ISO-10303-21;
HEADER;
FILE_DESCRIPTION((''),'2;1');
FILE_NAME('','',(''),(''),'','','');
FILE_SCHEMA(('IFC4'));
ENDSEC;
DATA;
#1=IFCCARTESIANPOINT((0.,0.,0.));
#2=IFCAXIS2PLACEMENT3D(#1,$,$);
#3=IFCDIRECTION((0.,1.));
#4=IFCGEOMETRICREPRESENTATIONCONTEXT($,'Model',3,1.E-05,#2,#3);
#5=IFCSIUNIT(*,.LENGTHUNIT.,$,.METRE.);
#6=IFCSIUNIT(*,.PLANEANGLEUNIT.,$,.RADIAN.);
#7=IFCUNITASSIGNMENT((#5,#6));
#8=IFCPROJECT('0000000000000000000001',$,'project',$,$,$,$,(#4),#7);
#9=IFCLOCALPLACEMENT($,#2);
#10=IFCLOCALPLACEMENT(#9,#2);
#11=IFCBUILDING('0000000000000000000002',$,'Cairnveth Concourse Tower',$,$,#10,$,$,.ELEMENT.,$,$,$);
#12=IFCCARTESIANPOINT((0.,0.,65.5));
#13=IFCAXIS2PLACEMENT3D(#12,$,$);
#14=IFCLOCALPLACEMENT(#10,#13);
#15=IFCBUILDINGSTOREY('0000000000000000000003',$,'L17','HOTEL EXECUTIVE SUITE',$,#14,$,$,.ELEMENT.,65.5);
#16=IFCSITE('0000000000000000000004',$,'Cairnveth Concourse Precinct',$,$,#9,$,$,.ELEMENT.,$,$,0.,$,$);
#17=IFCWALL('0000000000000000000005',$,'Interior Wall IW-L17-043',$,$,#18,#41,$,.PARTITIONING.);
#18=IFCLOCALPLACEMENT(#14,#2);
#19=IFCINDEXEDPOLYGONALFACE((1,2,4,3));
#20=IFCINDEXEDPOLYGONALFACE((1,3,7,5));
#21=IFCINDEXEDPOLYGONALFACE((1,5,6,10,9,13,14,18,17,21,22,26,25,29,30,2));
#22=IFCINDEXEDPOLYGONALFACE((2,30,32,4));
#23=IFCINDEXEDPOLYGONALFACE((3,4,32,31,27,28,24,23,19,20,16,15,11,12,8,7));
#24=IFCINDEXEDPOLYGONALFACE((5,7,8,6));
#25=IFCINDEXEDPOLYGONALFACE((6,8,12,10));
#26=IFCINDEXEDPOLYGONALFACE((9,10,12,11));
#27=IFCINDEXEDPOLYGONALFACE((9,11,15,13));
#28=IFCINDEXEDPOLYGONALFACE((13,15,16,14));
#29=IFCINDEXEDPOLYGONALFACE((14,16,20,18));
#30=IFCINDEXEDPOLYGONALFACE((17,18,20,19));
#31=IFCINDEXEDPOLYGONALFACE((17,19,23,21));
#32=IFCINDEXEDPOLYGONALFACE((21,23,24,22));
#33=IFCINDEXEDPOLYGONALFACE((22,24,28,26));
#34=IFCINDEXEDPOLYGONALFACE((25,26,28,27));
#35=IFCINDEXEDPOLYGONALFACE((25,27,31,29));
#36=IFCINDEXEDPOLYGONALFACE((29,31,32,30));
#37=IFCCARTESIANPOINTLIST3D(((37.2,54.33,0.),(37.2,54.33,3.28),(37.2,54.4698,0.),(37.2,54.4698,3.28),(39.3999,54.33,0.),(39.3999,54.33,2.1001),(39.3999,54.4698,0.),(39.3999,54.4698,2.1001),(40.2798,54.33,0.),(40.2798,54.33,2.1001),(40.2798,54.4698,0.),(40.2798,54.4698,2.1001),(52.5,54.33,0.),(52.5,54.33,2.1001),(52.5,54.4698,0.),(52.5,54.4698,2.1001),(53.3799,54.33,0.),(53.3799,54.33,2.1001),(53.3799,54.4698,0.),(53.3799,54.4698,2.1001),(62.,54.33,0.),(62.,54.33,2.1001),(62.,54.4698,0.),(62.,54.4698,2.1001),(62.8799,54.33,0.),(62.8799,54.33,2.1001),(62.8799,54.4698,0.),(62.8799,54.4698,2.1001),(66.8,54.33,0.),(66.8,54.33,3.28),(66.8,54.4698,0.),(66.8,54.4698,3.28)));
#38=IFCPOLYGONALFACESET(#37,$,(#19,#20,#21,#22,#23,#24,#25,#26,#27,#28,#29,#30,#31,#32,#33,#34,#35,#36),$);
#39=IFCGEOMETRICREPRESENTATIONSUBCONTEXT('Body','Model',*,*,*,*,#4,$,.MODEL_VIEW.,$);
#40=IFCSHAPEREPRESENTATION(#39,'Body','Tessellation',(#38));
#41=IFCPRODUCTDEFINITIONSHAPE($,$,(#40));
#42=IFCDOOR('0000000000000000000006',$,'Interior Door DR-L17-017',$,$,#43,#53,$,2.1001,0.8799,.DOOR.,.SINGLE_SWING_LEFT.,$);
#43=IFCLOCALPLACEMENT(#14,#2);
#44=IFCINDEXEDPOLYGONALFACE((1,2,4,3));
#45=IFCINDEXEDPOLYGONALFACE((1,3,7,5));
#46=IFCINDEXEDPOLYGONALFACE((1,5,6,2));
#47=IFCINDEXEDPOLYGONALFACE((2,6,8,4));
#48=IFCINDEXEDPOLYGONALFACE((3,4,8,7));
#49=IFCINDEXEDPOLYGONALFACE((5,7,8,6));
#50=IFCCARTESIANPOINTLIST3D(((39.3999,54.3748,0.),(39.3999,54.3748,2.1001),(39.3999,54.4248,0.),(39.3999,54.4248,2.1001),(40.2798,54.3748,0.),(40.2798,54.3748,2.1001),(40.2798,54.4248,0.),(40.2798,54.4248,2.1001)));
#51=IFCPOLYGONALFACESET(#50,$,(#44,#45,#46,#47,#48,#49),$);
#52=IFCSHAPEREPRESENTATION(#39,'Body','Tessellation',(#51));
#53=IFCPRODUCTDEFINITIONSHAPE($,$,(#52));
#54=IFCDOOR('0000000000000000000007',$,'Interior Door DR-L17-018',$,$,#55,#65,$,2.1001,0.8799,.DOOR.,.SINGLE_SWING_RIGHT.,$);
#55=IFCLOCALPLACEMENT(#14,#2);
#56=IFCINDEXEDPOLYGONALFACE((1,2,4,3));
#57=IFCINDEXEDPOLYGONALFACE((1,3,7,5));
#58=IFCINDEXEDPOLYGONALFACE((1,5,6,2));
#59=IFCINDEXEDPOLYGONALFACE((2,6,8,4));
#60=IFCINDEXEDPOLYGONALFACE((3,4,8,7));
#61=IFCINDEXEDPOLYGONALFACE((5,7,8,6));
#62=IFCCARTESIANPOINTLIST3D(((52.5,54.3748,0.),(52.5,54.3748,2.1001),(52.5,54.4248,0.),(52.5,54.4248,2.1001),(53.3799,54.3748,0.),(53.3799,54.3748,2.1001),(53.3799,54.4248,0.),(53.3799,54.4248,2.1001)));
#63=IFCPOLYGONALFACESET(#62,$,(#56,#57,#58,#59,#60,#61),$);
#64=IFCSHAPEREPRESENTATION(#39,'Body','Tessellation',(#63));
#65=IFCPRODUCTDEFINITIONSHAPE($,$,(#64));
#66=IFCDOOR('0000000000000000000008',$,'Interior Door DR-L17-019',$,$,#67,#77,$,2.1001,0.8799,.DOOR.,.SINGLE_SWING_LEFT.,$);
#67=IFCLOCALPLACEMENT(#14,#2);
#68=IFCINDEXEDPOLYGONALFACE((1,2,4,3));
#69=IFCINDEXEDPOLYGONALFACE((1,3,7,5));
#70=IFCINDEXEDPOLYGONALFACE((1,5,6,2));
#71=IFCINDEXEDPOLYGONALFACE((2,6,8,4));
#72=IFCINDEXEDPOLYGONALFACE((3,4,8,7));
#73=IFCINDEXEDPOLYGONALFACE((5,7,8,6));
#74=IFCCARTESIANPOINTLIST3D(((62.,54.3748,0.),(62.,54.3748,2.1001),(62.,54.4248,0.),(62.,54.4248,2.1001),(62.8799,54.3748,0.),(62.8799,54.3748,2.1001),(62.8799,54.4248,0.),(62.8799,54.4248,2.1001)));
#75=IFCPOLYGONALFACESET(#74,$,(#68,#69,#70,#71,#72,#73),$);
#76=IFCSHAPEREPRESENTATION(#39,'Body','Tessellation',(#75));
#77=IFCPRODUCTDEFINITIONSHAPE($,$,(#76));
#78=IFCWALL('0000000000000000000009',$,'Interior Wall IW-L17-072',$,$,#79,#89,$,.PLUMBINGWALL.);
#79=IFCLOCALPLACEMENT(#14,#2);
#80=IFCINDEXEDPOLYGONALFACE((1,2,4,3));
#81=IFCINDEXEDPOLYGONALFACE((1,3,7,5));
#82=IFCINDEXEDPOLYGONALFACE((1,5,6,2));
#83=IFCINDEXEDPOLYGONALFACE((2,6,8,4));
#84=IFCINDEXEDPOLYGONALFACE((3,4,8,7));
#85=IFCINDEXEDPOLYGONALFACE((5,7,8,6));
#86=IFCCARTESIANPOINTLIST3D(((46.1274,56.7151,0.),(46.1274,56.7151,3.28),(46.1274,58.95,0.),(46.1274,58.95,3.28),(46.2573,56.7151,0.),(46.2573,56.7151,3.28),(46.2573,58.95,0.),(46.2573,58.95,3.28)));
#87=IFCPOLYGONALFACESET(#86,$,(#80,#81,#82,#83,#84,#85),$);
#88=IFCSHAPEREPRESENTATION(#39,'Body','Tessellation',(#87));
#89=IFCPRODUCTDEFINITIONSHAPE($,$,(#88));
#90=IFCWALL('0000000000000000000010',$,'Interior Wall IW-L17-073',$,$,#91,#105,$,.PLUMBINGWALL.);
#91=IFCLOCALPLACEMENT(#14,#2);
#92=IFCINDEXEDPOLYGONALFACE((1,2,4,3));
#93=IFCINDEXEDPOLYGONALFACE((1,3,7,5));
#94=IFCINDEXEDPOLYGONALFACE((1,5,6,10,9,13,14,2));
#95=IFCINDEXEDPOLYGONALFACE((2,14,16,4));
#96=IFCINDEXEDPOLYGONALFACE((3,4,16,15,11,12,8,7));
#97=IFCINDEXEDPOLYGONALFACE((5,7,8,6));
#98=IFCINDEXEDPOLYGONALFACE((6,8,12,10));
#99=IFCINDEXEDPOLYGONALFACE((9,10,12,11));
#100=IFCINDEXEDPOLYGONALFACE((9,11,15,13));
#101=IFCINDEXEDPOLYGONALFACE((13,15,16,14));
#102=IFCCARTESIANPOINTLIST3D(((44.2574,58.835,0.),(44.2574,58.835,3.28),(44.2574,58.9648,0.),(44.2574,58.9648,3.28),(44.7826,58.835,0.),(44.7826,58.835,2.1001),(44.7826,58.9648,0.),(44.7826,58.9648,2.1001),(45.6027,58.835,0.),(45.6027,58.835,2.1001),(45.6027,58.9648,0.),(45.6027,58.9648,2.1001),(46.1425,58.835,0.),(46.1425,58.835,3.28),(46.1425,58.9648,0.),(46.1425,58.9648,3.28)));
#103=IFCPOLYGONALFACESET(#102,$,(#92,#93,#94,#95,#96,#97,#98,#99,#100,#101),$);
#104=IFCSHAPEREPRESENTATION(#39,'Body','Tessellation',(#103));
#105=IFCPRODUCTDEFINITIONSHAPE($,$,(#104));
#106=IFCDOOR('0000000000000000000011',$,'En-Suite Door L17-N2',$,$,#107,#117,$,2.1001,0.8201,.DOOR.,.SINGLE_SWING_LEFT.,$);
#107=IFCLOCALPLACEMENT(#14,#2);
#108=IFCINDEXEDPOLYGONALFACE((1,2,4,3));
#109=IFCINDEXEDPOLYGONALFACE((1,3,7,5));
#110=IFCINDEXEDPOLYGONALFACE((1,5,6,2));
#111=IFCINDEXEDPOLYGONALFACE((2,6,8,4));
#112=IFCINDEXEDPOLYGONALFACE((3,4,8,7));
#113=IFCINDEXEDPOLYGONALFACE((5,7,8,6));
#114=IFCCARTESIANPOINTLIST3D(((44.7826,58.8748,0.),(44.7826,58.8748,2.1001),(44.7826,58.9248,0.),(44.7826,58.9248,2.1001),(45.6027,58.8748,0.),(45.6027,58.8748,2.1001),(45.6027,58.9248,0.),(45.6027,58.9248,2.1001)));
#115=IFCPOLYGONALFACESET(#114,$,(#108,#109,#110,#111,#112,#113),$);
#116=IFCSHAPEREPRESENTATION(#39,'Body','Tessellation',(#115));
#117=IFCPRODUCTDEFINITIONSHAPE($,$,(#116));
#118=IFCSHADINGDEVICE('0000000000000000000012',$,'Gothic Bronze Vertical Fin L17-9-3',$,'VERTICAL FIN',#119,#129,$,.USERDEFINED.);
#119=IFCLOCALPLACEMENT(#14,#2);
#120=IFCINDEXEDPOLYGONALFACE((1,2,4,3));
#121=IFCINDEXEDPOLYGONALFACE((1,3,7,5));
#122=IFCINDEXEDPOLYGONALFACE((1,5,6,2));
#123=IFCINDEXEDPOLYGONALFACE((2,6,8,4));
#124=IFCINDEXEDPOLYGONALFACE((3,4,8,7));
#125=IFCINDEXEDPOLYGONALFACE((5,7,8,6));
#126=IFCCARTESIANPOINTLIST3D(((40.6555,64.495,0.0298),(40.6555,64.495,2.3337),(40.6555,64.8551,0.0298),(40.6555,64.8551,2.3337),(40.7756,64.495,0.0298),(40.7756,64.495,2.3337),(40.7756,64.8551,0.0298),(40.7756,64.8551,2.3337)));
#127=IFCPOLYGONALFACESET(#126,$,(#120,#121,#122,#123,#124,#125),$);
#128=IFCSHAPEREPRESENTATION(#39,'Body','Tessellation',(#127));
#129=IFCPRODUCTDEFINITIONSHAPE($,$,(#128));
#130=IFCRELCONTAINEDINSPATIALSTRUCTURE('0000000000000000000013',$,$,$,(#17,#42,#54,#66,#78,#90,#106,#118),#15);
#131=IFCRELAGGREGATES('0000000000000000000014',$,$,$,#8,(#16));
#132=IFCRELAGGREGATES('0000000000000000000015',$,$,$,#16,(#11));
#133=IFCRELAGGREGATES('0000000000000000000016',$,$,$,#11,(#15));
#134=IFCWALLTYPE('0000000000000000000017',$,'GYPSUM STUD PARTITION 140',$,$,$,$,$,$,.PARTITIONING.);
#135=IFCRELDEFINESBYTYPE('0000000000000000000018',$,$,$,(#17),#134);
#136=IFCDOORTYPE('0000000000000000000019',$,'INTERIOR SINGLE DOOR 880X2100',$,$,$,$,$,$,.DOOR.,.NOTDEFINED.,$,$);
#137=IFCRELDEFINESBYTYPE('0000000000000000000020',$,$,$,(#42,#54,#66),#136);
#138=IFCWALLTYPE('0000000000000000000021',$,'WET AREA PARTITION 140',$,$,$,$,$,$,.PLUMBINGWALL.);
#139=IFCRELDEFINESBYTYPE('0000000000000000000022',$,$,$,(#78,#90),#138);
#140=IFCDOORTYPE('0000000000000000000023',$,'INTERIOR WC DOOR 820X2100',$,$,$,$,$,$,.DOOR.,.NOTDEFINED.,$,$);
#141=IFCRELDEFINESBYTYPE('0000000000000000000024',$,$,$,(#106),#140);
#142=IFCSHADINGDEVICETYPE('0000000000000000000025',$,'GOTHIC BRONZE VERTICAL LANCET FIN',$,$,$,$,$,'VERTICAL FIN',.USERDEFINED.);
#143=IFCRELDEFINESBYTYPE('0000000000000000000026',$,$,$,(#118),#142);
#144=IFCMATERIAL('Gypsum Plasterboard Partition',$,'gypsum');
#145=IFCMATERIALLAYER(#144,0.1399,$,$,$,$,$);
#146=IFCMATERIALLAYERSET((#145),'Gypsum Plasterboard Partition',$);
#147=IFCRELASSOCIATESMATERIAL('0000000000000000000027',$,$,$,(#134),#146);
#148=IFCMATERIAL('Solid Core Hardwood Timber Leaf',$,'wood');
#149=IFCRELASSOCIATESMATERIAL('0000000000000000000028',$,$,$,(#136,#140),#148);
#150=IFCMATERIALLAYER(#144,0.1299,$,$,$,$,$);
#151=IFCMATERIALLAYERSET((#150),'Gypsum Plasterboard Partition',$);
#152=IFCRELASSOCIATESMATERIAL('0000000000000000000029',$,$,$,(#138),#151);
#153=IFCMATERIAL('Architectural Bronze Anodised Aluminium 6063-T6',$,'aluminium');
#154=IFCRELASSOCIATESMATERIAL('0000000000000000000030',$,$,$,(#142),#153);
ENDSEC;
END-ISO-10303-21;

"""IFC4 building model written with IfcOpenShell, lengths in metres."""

from ifc_helpers import new_model, si_unit, direction, frame, frame_2d, origin, origin_2d, place, context, subcontext, project, spatial, rectangle, extrude, material, layer, layer_set, type_object, element, fill, save


model = new_model("IFC4")

# Units and contexts
model_context = context("Model", 3, precision=1e-05, world=origin(), true_north=direction((0.0, 1.0)))
body_context = subcontext(model_context, "Body", "Model", "MODEL_VIEW")
ifc_project = project(units=[si_unit("LENGTHUNIT", "METRE"), si_unit("PLANEANGLEUNIT", "RADIAN")], contexts=[model_context])

# Site, building, storey
site_placement = place(None, origin())
site = spatial("IfcSite", under=ifc_project, at=site_placement, Name="Cairnveth Concourse Precinct", CompositionType="ELEMENT", RefElevation=0.0)
building_placement = place(site_placement, origin())
building = spatial("IfcBuilding", under=site, at=building_placement, Name="Cairnveth Concourse Tower", CompositionType="ELEMENT")
storey_placement = place(building_placement, frame((0.0, 0.0, 65.5)))
storey = spatial("IfcBuildingStorey", under=building, at=storey_placement, Name="L17", Description="HOTEL EXECUTIVE SUITE", CompositionType="ELEMENT", Elevation=65.5)

# Shared definitions
ifc_material_1 = material(Name="Gypsum Plasterboard Partition", Category="gypsum")
ifc_material_2 = material(Name="Solid Core Hardwood Timber Leaf", Category="wood")

# Wall, openings, doors
ifc_layer_1 = layer(ifc_material_1, 0.1399)
ifc_layer_set_1 = layer_set([ifc_layer_1], Name="Gypsum Plasterboard Partition")
wall_type_1 = type_object("IfcWallType", Name="GYPSUM STUD PARTITION 140", PredefinedType="PARTITIONING", material=ifc_layer_set_1)
wall_1_placement = place(storey_placement, frame((37.2, 54.3999, 0.0), z_axis=(0.0, 0.0, 1.0), x_axis=(1.0, 0.0, 0.0)))
wall_1 = element("IfcWall", 1, at=wall_1_placement, inside=storey, type_object=wall_type_1, Name="Interior Wall IW-L17-043", PredefinedType="PARTITIONING", context=body_context, shape_type="SweptSolid", body=[
    extrude(rectangle(XDim=29.6001, YDim=0.1399, at=frame_2d((14.8, 0.0))), origin(), (0.0, 0.0, 1.0), 3.28),
])
opening_1_placement = place(wall_1_placement, frame((2.2, 0.0, 0.0)))
opening_1 = element("IfcOpeningElement", 2, at=opening_1_placement, cuts=wall_1, PredefinedType="OPENING", context=body_context, shape_type="SweptSolid", body=[
    extrude(rectangle(XDim=0.8799, YDim=2.1001, at=frame_2d((0.4399, 1.05))), frame((0.0, 0.0798, 0.0), z_axis=(0.0, -1.0, 0.0), x_axis=(1.0, 0.0, 0.0)), (0.0, 0.0, 1.0), 0.1599),
])
opening_2_placement = place(wall_1_placement, frame((15.3, 0.0, 0.0)))
opening_2 = element("IfcOpeningElement", 3, at=opening_2_placement, cuts=wall_1, PredefinedType="OPENING", context=body_context, shape_type="SweptSolid", body=[
    extrude(rectangle(XDim=0.8799, YDim=2.1001, at=frame_2d((0.4399, 1.05))), frame((0.0, 0.0798, 0.0), z_axis=(0.0, -1.0, 0.0), x_axis=(1.0, 0.0, 0.0)), (0.0, 0.0, 1.0), 0.1599),
])
opening_3_placement = place(wall_1_placement, frame((24.8, 0.0, 0.0)))
opening_3 = element("IfcOpeningElement", 4, at=opening_3_placement, cuts=wall_1, PredefinedType="OPENING", context=body_context, shape_type="SweptSolid", body=[
    extrude(rectangle(XDim=0.8799, YDim=2.1001, at=frame_2d((0.4399, 1.05))), frame((0.0, 0.0798, 0.0), z_axis=(0.0, -1.0, 0.0), x_axis=(1.0, 0.0, 0.0)), (0.0, 0.0, 1.0), 0.1599),
])
door_type_1 = type_object("IfcDoorType", Name="INTERIOR SINGLE DOOR 880X2100", OperationType="NOTDEFINED", PredefinedType="DOOR", material=ifc_material_2)
door_1_placement = place(opening_1_placement, origin())
door_1 = element("IfcDoor", 5, at=door_1_placement, inside=storey, type_object=door_type_1, Name="Interior Door DR-L17-017", OperationType="SINGLE_SWING_LEFT", OverallHeight=2.1001, OverallWidth=0.8799, PredefinedType="DOOR", context=body_context, shape_type="SweptSolid", body=[
    extrude(rectangle(XDim=0.8799, YDim=2.1001, at=frame_2d((0.4399, 1.05))), frame((0.0, 0.0249, 0.0), z_axis=(0.0, -1.0, 0.0), x_axis=(1.0, 0.0, 0.0)), (0.0, 0.0, 1.0), 0.05),
])
fill(opening_1, door_1)
door_2_placement = place(opening_2_placement, origin())
door_2 = element("IfcDoor", 6, at=door_2_placement, inside=storey, type_object=door_type_1, Name="Interior Door DR-L17-018", OperationType="SINGLE_SWING_RIGHT", OverallHeight=2.1001, OverallWidth=0.8799, PredefinedType="DOOR", context=body_context, shape_type="SweptSolid", body=[
    extrude(rectangle(XDim=0.8799, YDim=2.1001, at=frame_2d((0.4399, 1.05))), frame((0.0, 0.0249, 0.0), z_axis=(0.0, -1.0, 0.0), x_axis=(1.0, 0.0, 0.0)), (0.0, 0.0, 1.0), 0.05),
])
fill(opening_2, door_2)
door_3_placement = place(opening_3_placement, origin())
door_3 = element("IfcDoor", 7, at=door_3_placement, inside=storey, type_object=door_type_1, Name="Interior Door DR-L17-019", OperationType="SINGLE_SWING_LEFT", OverallHeight=2.1001, OverallWidth=0.8799, PredefinedType="DOOR", context=body_context, shape_type="SweptSolid", body=[
    extrude(rectangle(XDim=0.8799, YDim=2.1001, at=frame_2d((0.4399, 1.05))), frame((0.0, 0.0249, 0.0), z_axis=(0.0, -1.0, 0.0), x_axis=(1.0, 0.0, 0.0)), (0.0, 0.0, 1.0), 0.05),
])
fill(opening_3, door_3)

# Wall
ifc_layer_2 = layer(ifc_material_1, 0.1299)
ifc_layer_set_2 = layer_set([ifc_layer_2], Name="Gypsum Plasterboard Partition")
wall_type_2 = type_object("IfcWallType", Name="WET AREA PARTITION 140", PredefinedType="PLUMBINGWALL", material=ifc_layer_set_2)
wall_2_placement = place(storey_placement, frame((46.1924, 56.7151, 0.0), z_axis=(0.0, 0.0, 1.0), x_axis=(0.0, 1.0, 0.0)))
element("IfcWall", 8, at=wall_2_placement, inside=storey, type_object=wall_type_2, Name="Interior Wall IW-L17-072", PredefinedType="PLUMBINGWALL", context=body_context, shape_type="SweptSolid", body=[
    extrude(rectangle(XDim=2.2349, YDim=0.1299, at=frame_2d((1.1174, 0.0))), origin(), (0.0, 0.0, 1.0), 3.28),
])

# Wall, opening, door
wall_3_placement = place(storey_placement, frame((44.2576, 58.8999, 0.0), z_axis=(0.0, 0.0, 1.0), x_axis=(1.0, 0.0, 0.0)))
wall_3 = element("IfcWall", 9, at=wall_3_placement, inside=storey, type_object=wall_type_2, Name="Interior Wall IW-L17-073", PredefinedType="PLUMBINGWALL", context=body_context, shape_type="SweptSolid", body=[
    extrude(rectangle(XDim=1.885, YDim=0.1299, at=frame_2d((0.9424, 0.0))), origin(), (0.0, 0.0, 1.0), 3.28),
])
opening_4_placement = place(wall_3_placement, frame((0.5249, 0.0, 0.0)))
opening_4 = element("IfcOpeningElement", 10, at=opening_4_placement, cuts=wall_3, PredefinedType="OPENING", context=body_context, shape_type="SweptSolid", body=[
    extrude(rectangle(XDim=0.8201, YDim=2.1001, at=frame_2d((0.4102, 1.05))), frame((0.0, 0.075, 0.0), z_axis=(0.0, -1.0, 0.0), x_axis=(1.0, 0.0, 0.0)), (0.0, 0.0, 1.0), 0.1499),
])
door_type_2 = type_object("IfcDoorType", Name="INTERIOR WC DOOR 820X2100", OperationType="NOTDEFINED", PredefinedType="DOOR", material=ifc_material_2)
door_4_placement = place(opening_4_placement, origin())
door_4 = element("IfcDoor", 11, at=door_4_placement, inside=storey, type_object=door_type_2, Name="En-Suite Door L17-N2", OperationType="SINGLE_SWING_LEFT", OverallHeight=2.1001, OverallWidth=0.8201, PredefinedType="DOOR", context=body_context, shape_type="SweptSolid", body=[
    extrude(rectangle(XDim=0.8201, YDim=2.1001, at=frame_2d((0.4102, 1.05))), frame((0.0, 0.0249, 0.0), z_axis=(0.0, -1.0, 0.0), x_axis=(1.0, 0.0, 0.0)), (0.0, 0.0, 1.0), 0.05),
])
fill(opening_4, door_4)

# Shading device
ifc_material_3 = material(Name="Architectural Bronze Anodised Aluminium 6063-T6", Category="aluminium")
shading_device_type = type_object("IfcShadingDeviceType", Name="GOTHIC BRONZE VERTICAL LANCET FIN", ElementType="VERTICAL FIN", PredefinedType="USERDEFINED", material=ifc_material_3)
shading_device_placement = place(storey_placement, frame((40.7156, 64.675, 0.0298), z_axis=(0.0, 0.0, 1.0), x_axis=(1.0, 0.0, 0.0)))
element("IfcShadingDevice", 12, at=shading_device_placement, inside=storey, type_object=shading_device_type, Name="Gothic Bronze Vertical Fin L17-9-3", ObjectType="VERTICAL FIN", PredefinedType="USERDEFINED", context=body_context, shape_type="SweptSolid", body=[
    extrude(rectangle(XDim=0.1201, YDim=0.3601, at=origin_2d()), origin(), (0.0, 0.0, 1.0), 2.304),
])

save(model, "model.ifc")
